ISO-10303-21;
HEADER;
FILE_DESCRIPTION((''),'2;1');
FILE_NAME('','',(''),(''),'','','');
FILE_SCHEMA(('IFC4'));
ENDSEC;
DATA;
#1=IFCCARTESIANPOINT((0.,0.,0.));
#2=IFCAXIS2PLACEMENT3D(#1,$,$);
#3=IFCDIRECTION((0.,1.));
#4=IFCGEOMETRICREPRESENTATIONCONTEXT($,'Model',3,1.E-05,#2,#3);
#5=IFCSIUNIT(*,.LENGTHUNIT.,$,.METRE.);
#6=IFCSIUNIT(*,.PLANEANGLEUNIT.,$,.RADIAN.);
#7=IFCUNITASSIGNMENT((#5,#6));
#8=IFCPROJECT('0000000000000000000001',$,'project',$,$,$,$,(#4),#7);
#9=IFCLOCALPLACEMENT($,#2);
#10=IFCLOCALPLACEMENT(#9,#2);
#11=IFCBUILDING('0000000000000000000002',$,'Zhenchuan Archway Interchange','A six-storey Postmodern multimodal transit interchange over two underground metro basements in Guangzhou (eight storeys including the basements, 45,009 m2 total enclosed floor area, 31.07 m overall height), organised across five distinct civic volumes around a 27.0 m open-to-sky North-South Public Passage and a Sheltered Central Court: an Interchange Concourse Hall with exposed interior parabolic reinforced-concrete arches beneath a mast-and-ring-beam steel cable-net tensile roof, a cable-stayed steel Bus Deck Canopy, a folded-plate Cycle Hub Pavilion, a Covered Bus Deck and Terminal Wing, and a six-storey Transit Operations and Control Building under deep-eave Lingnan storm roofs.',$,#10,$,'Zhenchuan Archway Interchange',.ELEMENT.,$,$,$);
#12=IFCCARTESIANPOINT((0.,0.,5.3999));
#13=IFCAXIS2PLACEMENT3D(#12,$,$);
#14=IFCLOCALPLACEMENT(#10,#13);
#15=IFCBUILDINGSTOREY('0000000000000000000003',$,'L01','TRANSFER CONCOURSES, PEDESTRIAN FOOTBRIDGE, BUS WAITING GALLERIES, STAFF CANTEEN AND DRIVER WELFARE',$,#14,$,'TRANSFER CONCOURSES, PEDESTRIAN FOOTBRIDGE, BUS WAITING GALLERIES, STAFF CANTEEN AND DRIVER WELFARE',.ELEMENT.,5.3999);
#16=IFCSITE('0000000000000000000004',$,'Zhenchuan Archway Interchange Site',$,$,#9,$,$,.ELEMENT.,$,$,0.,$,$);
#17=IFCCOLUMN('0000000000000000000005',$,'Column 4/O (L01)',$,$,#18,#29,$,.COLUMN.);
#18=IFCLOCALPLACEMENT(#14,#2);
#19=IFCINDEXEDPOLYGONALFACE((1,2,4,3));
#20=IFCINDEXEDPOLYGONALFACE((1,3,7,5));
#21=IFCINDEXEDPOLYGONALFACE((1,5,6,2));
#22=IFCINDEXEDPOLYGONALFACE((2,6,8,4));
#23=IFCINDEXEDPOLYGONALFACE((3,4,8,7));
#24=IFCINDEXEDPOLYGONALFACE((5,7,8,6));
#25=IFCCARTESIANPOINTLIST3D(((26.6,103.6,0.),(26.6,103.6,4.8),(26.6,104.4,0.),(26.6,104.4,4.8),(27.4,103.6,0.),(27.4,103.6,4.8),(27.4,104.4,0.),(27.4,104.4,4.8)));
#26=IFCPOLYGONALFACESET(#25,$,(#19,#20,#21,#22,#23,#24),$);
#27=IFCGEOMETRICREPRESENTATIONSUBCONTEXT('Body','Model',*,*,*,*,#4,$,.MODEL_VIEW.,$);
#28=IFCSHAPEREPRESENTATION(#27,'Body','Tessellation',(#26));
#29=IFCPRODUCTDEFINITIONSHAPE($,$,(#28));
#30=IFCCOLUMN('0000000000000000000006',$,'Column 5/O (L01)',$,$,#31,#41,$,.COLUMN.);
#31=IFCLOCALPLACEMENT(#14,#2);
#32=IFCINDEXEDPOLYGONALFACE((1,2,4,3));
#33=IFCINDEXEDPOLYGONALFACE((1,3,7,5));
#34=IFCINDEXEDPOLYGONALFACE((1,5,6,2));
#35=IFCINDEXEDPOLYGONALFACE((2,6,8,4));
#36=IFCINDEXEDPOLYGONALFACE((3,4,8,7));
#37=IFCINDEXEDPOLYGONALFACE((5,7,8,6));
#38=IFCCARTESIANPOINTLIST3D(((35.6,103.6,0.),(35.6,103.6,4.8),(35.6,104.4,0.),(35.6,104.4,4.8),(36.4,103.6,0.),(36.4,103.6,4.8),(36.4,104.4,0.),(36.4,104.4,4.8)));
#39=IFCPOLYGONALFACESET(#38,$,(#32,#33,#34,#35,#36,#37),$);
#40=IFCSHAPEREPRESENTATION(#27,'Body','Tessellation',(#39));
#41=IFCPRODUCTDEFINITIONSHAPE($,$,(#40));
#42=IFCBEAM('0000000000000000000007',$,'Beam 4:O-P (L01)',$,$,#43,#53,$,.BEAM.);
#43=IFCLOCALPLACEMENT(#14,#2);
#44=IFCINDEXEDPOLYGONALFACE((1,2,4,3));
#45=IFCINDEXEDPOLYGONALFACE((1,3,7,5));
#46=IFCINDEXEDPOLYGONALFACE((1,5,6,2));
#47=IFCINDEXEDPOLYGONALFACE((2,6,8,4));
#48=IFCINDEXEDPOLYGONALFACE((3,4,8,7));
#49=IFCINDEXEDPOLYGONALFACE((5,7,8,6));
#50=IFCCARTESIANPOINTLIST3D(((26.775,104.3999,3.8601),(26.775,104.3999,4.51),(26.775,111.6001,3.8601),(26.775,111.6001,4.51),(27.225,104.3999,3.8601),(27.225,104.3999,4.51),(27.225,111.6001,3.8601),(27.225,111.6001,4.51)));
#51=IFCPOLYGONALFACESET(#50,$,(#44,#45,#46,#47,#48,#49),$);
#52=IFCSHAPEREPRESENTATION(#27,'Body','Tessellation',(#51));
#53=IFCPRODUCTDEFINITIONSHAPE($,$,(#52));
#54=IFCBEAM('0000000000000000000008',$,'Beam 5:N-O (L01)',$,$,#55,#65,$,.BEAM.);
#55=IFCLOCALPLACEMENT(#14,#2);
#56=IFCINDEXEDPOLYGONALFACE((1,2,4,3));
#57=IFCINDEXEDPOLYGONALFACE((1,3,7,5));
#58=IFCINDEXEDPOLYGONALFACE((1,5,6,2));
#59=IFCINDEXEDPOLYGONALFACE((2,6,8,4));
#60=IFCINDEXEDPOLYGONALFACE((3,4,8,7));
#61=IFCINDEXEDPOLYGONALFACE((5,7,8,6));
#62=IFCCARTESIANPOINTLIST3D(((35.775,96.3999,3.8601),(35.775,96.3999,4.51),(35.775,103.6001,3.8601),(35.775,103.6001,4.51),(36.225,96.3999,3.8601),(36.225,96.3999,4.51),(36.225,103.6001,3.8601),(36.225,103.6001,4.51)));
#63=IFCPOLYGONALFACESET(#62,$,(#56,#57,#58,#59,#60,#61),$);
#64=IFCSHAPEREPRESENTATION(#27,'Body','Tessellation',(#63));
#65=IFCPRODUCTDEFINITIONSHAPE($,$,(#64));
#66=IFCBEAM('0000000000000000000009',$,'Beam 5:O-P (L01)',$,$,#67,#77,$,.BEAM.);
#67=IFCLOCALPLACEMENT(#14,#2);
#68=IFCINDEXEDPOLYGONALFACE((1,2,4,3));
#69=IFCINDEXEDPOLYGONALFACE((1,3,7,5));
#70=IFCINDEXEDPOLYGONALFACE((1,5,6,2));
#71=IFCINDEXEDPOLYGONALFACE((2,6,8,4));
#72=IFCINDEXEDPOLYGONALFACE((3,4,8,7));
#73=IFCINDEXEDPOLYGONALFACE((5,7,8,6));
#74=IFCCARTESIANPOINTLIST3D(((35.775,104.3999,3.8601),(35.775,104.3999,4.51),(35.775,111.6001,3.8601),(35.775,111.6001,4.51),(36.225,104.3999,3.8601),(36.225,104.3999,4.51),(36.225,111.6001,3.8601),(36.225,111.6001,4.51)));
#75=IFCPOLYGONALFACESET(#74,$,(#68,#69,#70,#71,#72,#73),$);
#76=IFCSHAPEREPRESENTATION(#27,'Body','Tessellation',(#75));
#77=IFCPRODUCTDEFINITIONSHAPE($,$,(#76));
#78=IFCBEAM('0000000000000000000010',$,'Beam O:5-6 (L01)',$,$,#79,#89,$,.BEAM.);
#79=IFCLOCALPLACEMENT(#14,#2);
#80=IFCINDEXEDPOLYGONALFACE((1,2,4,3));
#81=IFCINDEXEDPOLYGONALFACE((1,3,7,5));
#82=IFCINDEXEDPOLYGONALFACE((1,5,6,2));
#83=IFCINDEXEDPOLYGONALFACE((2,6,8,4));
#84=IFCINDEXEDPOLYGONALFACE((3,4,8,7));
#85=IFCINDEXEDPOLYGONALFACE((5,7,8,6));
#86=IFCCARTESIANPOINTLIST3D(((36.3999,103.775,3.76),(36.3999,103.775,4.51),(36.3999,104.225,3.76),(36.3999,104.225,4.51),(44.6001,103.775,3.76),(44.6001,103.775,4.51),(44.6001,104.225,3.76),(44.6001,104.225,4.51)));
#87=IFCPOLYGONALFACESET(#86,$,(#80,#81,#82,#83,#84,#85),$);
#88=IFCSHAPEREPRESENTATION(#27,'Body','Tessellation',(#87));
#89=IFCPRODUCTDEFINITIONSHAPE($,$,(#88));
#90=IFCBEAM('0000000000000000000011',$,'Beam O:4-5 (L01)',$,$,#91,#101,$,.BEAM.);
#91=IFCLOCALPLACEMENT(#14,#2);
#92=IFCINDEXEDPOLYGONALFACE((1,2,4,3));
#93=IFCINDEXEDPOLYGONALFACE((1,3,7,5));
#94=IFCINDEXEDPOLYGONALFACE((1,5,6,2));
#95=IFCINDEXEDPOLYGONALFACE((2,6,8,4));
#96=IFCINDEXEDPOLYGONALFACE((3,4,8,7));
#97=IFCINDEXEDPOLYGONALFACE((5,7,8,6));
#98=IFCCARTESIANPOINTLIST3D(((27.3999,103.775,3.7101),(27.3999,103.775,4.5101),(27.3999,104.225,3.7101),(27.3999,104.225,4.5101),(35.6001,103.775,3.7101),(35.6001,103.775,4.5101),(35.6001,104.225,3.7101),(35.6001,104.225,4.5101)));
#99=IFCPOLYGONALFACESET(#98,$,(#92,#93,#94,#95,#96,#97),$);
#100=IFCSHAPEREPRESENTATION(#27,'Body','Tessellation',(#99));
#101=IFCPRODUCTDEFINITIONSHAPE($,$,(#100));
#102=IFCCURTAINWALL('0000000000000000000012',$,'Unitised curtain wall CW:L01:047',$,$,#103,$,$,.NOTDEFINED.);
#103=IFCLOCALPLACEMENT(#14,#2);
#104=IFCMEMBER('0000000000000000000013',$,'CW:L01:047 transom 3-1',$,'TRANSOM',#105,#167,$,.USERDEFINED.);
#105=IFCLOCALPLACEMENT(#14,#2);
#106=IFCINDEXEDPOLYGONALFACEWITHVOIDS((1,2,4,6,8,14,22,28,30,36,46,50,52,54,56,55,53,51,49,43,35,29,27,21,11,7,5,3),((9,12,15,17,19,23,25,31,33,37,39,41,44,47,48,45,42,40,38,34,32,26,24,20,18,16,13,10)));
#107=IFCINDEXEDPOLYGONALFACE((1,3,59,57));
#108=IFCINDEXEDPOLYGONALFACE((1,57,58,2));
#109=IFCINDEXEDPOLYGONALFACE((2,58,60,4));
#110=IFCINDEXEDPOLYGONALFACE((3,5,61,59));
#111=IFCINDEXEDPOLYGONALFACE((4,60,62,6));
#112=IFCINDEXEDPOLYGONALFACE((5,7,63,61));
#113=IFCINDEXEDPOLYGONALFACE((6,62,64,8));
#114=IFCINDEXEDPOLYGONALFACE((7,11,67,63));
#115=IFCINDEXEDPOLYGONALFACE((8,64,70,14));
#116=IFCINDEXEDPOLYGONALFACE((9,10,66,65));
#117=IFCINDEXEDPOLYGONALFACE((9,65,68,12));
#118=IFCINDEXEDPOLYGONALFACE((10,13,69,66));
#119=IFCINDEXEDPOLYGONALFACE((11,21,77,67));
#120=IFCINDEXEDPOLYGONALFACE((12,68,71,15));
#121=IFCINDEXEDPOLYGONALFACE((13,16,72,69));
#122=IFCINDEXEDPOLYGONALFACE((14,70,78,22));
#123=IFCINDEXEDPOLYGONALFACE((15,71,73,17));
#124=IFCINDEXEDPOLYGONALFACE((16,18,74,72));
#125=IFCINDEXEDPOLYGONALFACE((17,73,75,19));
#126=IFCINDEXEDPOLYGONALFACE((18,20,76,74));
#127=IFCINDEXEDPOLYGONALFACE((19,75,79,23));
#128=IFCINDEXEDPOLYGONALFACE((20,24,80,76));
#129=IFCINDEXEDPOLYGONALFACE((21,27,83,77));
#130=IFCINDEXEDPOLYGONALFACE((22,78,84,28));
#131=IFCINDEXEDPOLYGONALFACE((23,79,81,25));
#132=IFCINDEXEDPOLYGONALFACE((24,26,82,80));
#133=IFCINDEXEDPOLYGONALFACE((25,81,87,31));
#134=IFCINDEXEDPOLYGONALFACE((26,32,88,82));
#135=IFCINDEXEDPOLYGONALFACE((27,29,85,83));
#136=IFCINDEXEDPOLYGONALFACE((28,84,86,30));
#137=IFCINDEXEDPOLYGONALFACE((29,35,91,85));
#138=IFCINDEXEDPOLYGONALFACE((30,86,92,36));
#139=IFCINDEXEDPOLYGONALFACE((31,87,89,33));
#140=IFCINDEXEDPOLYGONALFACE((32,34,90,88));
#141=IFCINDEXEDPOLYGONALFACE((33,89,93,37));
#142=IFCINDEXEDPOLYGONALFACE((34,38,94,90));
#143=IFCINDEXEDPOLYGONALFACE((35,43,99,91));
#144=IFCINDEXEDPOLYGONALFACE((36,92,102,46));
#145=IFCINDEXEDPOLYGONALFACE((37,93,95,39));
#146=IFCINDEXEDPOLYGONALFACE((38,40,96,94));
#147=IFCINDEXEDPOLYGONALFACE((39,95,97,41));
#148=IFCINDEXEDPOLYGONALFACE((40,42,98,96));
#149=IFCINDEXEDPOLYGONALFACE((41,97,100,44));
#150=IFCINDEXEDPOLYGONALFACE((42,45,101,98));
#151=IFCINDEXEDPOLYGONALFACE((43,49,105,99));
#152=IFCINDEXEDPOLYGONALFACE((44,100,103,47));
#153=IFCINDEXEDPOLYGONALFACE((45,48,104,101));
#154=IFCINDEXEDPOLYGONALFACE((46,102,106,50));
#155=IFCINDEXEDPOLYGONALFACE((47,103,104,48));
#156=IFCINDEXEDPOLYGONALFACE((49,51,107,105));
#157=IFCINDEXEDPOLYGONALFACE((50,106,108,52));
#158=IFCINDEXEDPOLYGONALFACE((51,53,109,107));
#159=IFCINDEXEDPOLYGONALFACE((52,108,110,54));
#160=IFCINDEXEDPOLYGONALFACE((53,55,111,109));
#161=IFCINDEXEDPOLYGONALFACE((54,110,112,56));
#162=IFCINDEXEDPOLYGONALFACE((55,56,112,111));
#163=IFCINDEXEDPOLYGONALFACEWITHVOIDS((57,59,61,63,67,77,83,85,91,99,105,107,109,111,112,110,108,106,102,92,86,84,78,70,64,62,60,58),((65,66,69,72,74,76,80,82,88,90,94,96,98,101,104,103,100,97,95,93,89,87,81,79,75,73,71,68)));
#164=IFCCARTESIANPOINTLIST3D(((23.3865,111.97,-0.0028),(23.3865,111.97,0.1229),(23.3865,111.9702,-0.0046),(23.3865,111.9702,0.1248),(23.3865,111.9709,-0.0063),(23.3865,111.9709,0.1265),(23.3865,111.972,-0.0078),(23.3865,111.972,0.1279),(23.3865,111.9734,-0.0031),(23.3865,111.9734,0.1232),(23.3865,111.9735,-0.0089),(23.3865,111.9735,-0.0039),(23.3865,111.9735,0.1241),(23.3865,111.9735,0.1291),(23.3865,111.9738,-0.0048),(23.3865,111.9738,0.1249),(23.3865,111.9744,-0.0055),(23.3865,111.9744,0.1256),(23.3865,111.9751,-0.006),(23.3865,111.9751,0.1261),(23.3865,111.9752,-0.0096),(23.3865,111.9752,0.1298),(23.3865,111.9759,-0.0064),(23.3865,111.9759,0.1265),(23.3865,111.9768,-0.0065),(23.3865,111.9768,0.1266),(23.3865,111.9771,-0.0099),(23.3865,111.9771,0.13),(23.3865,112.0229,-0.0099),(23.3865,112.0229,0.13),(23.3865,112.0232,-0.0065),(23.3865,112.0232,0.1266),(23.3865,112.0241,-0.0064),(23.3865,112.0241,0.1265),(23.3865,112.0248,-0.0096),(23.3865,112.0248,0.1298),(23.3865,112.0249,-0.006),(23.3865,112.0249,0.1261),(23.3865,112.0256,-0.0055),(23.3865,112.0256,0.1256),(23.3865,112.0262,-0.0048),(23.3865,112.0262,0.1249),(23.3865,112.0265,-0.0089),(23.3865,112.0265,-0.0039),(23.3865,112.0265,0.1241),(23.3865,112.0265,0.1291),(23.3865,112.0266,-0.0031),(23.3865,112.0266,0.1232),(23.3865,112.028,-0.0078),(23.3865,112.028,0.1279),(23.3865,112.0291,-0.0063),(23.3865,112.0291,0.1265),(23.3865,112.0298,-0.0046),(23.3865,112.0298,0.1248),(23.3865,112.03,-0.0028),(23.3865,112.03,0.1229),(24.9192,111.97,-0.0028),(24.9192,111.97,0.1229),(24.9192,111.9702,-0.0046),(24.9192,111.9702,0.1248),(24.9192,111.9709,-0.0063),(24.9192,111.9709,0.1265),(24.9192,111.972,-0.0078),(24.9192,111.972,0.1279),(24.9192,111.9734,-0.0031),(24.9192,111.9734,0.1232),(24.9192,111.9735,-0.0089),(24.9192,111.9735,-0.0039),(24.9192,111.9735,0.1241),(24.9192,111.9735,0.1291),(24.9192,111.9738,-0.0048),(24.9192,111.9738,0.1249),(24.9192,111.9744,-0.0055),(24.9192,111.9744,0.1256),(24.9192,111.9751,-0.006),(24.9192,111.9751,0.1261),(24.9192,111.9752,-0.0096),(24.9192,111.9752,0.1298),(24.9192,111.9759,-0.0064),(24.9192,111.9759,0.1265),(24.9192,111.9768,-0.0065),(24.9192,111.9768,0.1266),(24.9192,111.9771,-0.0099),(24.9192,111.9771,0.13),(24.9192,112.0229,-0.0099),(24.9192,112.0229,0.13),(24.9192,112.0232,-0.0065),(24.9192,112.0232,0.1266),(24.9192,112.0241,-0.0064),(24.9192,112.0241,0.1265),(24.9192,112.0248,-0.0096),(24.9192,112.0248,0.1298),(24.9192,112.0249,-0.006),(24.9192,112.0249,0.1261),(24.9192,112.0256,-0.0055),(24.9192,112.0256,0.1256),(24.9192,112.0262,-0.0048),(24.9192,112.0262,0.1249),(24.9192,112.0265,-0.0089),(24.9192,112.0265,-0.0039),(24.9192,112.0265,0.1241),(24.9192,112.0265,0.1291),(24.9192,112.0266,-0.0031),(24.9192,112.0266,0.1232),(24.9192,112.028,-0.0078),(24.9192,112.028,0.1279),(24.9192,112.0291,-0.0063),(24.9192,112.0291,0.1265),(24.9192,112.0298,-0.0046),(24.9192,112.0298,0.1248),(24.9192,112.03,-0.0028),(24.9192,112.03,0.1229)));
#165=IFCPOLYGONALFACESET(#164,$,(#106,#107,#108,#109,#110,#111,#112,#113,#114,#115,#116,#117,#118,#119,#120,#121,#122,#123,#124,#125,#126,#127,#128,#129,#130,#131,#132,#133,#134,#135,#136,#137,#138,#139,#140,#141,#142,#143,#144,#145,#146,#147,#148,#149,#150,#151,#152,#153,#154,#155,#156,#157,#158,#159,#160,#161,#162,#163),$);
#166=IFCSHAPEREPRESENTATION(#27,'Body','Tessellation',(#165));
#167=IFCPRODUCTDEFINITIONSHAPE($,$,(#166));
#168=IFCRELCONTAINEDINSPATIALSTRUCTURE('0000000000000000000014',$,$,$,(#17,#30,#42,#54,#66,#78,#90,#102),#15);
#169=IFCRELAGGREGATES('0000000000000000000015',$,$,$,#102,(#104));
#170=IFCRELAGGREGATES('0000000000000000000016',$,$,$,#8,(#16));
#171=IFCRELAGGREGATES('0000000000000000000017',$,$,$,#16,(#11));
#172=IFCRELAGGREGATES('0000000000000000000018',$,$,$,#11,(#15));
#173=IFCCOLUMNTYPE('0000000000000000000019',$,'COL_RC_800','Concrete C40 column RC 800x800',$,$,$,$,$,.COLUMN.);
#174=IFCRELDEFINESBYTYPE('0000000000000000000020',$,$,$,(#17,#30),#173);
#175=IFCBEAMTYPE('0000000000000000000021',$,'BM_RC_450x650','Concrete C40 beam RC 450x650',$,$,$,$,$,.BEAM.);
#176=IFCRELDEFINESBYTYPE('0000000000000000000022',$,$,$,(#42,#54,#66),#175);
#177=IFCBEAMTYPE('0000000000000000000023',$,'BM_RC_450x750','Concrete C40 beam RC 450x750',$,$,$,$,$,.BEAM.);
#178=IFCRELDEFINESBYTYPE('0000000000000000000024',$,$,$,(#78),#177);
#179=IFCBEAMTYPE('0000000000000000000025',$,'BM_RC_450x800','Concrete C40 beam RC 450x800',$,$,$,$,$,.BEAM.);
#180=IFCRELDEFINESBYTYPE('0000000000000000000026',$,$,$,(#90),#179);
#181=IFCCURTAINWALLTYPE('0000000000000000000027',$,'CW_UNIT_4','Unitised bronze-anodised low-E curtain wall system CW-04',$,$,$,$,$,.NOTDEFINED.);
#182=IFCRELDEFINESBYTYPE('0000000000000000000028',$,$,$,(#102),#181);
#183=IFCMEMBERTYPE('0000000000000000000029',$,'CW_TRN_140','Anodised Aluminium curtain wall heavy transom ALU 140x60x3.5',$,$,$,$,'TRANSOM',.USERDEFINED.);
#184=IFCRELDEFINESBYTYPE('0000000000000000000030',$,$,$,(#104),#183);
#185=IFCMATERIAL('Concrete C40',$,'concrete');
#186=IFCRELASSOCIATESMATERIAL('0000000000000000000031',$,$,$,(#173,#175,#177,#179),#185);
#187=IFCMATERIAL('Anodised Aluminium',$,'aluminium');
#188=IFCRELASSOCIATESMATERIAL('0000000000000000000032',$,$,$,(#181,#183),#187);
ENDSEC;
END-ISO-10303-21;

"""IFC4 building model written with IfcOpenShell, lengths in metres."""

from ifc_helpers import new_model, si_unit, direction, frame, origin, origin_2d, place, context, subcontext, project, spatial, rectangle, hollow_rectangle, extrude, material, material_profile, profile_set, type_object, element, aggregate, save


model = new_model("IFC4")

# Units and contexts
model_context = context("Model", 3, precision=1e-05, world=origin(), true_north=direction((0.0, 1.0)))
body_context = subcontext(model_context, "Body", "Model", "MODEL_VIEW")
ifc_project = project(units=[si_unit("LENGTHUNIT", "METRE"), si_unit("PLANEANGLEUNIT", "RADIAN")], contexts=[model_context])

# Site, building, storey
site_placement = place(None, origin())
site = spatial("IfcSite", under=ifc_project, at=site_placement, Name="Zhenchuan Archway Interchange Site", CompositionType="ELEMENT", RefElevation=0.0)
building_placement = place(site_placement, origin())
building = spatial("IfcBuilding", under=site, at=building_placement, Name="Zhenchuan Archway Interchange", Description="A six-storey Postmodern multimodal transit interchange over two underground metro basements in Guangzhou (eight storeys including the basements, 45,009 m2 total enclosed floor area, 31.07 m overall height), organised across five distinct civic volumes around a 27.0 m open-to-sky North-South Public Passage and a Sheltered Central Court: an Interchange Concourse Hall with exposed interior parabolic reinforced-concrete arches beneath a mast-and-ring-beam steel cable-net tensile roof, a cable-stayed steel Bus Deck Canopy, a folded-plate Cycle Hub Pavilion, a Covered Bus Deck and Terminal Wing, and a six-storey Transit Operations and Control Building under deep-eave Lingnan storm roofs.", LongName="Zhenchuan Archway Interchange", CompositionType="ELEMENT")
storey_placement = place(building_placement, frame((0.0, 0.0, 5.3999)))
storey = spatial("IfcBuildingStorey", under=building, at=storey_placement, Name="L01", Description="TRANSFER CONCOURSES, PEDESTRIAN FOOTBRIDGE, BUS WAITING GALLERIES, STAFF CANTEEN AND DRIVER WELFARE", LongName="TRANSFER CONCOURSES, PEDESTRIAN FOOTBRIDGE, BUS WAITING GALLERIES, STAFF CANTEEN AND DRIVER WELFARE", CompositionType="ELEMENT", Elevation=5.3999)

# Columns
ifc_material_1 = material(Name="Concrete C40", Category="concrete")
ifc_material_profile_1 = material_profile(ifc_material_1, rectangle(XDim=0.8, YDim=0.8, at=origin_2d()), Name="RC 800x800")
ifc_profile_set_1 = profile_set([ifc_material_profile_1], Name="Concrete C40")
column_type = type_object("IfcColumnType", Name="COL_RC_800", Description="Concrete C40 column RC 800x800", PredefinedType="COLUMN", material=ifc_profile_set_1)
for number, where, z_axis, x_axis, name in (
    (1, (27.0, 104.0, 0.0), (0.0, 0.0, 1.0), (1.0, 0.0, 0.0), "Column 4/O (L01)"),
    (2, (36.0, 104.0, 0.0), (0.0, 0.0, 1.0), (1.0, 0.0, 0.0), "Column 5/O (L01)"),
):
    element("IfcColumn", number, at=place(storey_placement, frame(where, z_axis=z_axis, x_axis=x_axis)), inside=storey, type_object=column_type, Name=name, PredefinedType="COLUMN", context=body_context, shape_type="SweptSolid", body=[
        extrude(rectangle(XDim=0.8, YDim=0.8, at=origin_2d()), origin(), (0.0, 0.0, 1.0), 4.8),
    ])

# Beams
ifc_material_profile_2 = material_profile(ifc_material_1, rectangle(XDim=0.45, YDim=0.6499, at=origin_2d()), Name="RC 450x650")
ifc_profile_set_2 = profile_set([ifc_material_profile_2], Name="Concrete C40")
beam_type_1 = type_object("IfcBeamType", Name="BM_RC_450x650", Description="Concrete C40 beam RC 450x650", PredefinedType="BEAM", material=ifc_profile_set_2)
for number, where, z_axis, x_axis, name in (
    (3, (27.0, 104.3999, 4.1851), (0.0, 1.0, 0.0), (-1.0, 0.0, 0.0), "Beam 4:O-P (L01)"),
    (4, (36.0, 96.3999, 4.1851), (0.0, 1.0, 0.0), (-1.0, 0.0, 0.0), "Beam 5:N-O (L01)"),
    (5, (36.0, 104.3999, 4.1851), (0.0, 1.0, 0.0), (-1.0, 0.0, 0.0), "Beam 5:O-P (L01)"),
):
    element("IfcBeam", number, at=place(storey_placement, frame(where, z_axis=z_axis, x_axis=x_axis)), inside=storey, type_object=beam_type_1, Name=name, PredefinedType="BEAM", context=body_context, shape_type="SweptSolid", body=[
        extrude(rectangle(XDim=0.45, YDim=0.6499, at=origin_2d()), origin(), (0.0, 0.0, 1.0), 7.2002),
    ])
ifc_material_profile_3 = material_profile(ifc_material_1, rectangle(XDim=0.45, YDim=0.75, at=origin_2d()), Name="RC 450x750")
ifc_profile_set_3 = profile_set([ifc_material_profile_3], Name="Concrete C40")
beam_type_2 = type_object("IfcBeamType", Name="BM_RC_450x750", Description="Concrete C40 beam RC 450x750", PredefinedType="BEAM", material=ifc_profile_set_3)
beam_1_placement = place(storey_placement, frame((36.3999, 104.0, 4.135), z_axis=(1.0, 0.0, 0.0), x_axis=(0.0, 1.0, 0.0)))
element("IfcBeam", 6, at=beam_1_placement, inside=storey, type_object=beam_type_2, Name="Beam O:5-6 (L01)", PredefinedType="BEAM", context=body_context, shape_type="SweptSolid", body=[
    extrude(rectangle(XDim=0.45, YDim=0.75, at=origin_2d()), origin(), (0.0, 0.0, 1.0), 8.2002),
])
ifc_material_profile_4 = material_profile(ifc_material_1, rectangle(XDim=0.45, YDim=0.8, at=origin_2d()), Name="RC 450x800")
ifc_profile_set_4 = profile_set([ifc_material_profile_4], Name="Concrete C40")
beam_type_3 = type_object("IfcBeamType", Name="BM_RC_450x800", Description="Concrete C40 beam RC 450x800", PredefinedType="BEAM", material=ifc_profile_set_4)
beam_2_placement = place(storey_placement, frame((27.3999, 104.0, 4.1101), z_axis=(1.0, 0.0, 0.0), x_axis=(0.0, 1.0, 0.0)))
element("IfcBeam", 7, at=beam_2_placement, inside=storey, type_object=beam_type_3, Name="Beam O:4-5 (L01)", PredefinedType="BEAM", context=body_context, shape_type="SweptSolid", body=[
    extrude(rectangle(XDim=0.45, YDim=0.8, at=origin_2d()), origin(), (0.0, 0.0, 1.0), 8.2002),
])

# Curtain wall, member
ifc_material_2 = material(Name="Anodised Aluminium", Category="aluminium")
curtain_wall_type = type_object("IfcCurtainWallType", Name="CW_UNIT_4", Description="Unitised bronze-anodised low-E curtain wall system CW-04", PredefinedType="NOTDEFINED", material=ifc_material_2)
curtain_wall_placement = place(storey_placement, origin())
curtain_wall = element("IfcCurtainWall", 8, at=curtain_wall_placement, inside=storey, type_object=curtain_wall_type, Name="Unitised curtain wall CW:L01:047", PredefinedType="NOTDEFINED")
ifc_material_profile_5 = material_profile(ifc_material_2, hollow_rectangle(XDim=0.0601, YDim=0.1399, WallThickness=0.0034, InnerFilletRadius=0.0034, OuterFilletRadius=0.0071, at=origin_2d()), Name="ALU 140x60x3.5")
ifc_profile_set_5 = profile_set([ifc_material_profile_5], Name="Anodised Aluminium")
member_type = type_object("IfcMemberType", Name="CW_TRN_140", Description="Anodised Aluminium curtain wall heavy transom ALU 140x60x3.5", ElementType="TRANSOM", PredefinedType="USERDEFINED", material=ifc_profile_set_5)
member_1_placement = place(storey_placement, frame((23.3865, 112.0, 0.0601), z_axis=(1.0, 0.0, 0.0), x_axis=(0.0, 1.0, 0.0)))
member_1 = element("IfcMember", 9, at=member_1_placement, type_object=member_type, Name="CW:L01:047 transom 3-1", ObjectType="TRANSOM", PredefinedType="USERDEFINED", context=body_context, shape_type="SweptSolid", body=[
    extrude(hollow_rectangle(XDim=0.0601, YDim=0.1399, WallThickness=0.0034, InnerFilletRadius=0.0034, OuterFilletRadius=0.0071, at=origin_2d()), origin(), (0.0, 0.0, 1.0), 1.5327),
])
aggregate(curtain_wall, [member_1])

save(model, "model.ifc")
